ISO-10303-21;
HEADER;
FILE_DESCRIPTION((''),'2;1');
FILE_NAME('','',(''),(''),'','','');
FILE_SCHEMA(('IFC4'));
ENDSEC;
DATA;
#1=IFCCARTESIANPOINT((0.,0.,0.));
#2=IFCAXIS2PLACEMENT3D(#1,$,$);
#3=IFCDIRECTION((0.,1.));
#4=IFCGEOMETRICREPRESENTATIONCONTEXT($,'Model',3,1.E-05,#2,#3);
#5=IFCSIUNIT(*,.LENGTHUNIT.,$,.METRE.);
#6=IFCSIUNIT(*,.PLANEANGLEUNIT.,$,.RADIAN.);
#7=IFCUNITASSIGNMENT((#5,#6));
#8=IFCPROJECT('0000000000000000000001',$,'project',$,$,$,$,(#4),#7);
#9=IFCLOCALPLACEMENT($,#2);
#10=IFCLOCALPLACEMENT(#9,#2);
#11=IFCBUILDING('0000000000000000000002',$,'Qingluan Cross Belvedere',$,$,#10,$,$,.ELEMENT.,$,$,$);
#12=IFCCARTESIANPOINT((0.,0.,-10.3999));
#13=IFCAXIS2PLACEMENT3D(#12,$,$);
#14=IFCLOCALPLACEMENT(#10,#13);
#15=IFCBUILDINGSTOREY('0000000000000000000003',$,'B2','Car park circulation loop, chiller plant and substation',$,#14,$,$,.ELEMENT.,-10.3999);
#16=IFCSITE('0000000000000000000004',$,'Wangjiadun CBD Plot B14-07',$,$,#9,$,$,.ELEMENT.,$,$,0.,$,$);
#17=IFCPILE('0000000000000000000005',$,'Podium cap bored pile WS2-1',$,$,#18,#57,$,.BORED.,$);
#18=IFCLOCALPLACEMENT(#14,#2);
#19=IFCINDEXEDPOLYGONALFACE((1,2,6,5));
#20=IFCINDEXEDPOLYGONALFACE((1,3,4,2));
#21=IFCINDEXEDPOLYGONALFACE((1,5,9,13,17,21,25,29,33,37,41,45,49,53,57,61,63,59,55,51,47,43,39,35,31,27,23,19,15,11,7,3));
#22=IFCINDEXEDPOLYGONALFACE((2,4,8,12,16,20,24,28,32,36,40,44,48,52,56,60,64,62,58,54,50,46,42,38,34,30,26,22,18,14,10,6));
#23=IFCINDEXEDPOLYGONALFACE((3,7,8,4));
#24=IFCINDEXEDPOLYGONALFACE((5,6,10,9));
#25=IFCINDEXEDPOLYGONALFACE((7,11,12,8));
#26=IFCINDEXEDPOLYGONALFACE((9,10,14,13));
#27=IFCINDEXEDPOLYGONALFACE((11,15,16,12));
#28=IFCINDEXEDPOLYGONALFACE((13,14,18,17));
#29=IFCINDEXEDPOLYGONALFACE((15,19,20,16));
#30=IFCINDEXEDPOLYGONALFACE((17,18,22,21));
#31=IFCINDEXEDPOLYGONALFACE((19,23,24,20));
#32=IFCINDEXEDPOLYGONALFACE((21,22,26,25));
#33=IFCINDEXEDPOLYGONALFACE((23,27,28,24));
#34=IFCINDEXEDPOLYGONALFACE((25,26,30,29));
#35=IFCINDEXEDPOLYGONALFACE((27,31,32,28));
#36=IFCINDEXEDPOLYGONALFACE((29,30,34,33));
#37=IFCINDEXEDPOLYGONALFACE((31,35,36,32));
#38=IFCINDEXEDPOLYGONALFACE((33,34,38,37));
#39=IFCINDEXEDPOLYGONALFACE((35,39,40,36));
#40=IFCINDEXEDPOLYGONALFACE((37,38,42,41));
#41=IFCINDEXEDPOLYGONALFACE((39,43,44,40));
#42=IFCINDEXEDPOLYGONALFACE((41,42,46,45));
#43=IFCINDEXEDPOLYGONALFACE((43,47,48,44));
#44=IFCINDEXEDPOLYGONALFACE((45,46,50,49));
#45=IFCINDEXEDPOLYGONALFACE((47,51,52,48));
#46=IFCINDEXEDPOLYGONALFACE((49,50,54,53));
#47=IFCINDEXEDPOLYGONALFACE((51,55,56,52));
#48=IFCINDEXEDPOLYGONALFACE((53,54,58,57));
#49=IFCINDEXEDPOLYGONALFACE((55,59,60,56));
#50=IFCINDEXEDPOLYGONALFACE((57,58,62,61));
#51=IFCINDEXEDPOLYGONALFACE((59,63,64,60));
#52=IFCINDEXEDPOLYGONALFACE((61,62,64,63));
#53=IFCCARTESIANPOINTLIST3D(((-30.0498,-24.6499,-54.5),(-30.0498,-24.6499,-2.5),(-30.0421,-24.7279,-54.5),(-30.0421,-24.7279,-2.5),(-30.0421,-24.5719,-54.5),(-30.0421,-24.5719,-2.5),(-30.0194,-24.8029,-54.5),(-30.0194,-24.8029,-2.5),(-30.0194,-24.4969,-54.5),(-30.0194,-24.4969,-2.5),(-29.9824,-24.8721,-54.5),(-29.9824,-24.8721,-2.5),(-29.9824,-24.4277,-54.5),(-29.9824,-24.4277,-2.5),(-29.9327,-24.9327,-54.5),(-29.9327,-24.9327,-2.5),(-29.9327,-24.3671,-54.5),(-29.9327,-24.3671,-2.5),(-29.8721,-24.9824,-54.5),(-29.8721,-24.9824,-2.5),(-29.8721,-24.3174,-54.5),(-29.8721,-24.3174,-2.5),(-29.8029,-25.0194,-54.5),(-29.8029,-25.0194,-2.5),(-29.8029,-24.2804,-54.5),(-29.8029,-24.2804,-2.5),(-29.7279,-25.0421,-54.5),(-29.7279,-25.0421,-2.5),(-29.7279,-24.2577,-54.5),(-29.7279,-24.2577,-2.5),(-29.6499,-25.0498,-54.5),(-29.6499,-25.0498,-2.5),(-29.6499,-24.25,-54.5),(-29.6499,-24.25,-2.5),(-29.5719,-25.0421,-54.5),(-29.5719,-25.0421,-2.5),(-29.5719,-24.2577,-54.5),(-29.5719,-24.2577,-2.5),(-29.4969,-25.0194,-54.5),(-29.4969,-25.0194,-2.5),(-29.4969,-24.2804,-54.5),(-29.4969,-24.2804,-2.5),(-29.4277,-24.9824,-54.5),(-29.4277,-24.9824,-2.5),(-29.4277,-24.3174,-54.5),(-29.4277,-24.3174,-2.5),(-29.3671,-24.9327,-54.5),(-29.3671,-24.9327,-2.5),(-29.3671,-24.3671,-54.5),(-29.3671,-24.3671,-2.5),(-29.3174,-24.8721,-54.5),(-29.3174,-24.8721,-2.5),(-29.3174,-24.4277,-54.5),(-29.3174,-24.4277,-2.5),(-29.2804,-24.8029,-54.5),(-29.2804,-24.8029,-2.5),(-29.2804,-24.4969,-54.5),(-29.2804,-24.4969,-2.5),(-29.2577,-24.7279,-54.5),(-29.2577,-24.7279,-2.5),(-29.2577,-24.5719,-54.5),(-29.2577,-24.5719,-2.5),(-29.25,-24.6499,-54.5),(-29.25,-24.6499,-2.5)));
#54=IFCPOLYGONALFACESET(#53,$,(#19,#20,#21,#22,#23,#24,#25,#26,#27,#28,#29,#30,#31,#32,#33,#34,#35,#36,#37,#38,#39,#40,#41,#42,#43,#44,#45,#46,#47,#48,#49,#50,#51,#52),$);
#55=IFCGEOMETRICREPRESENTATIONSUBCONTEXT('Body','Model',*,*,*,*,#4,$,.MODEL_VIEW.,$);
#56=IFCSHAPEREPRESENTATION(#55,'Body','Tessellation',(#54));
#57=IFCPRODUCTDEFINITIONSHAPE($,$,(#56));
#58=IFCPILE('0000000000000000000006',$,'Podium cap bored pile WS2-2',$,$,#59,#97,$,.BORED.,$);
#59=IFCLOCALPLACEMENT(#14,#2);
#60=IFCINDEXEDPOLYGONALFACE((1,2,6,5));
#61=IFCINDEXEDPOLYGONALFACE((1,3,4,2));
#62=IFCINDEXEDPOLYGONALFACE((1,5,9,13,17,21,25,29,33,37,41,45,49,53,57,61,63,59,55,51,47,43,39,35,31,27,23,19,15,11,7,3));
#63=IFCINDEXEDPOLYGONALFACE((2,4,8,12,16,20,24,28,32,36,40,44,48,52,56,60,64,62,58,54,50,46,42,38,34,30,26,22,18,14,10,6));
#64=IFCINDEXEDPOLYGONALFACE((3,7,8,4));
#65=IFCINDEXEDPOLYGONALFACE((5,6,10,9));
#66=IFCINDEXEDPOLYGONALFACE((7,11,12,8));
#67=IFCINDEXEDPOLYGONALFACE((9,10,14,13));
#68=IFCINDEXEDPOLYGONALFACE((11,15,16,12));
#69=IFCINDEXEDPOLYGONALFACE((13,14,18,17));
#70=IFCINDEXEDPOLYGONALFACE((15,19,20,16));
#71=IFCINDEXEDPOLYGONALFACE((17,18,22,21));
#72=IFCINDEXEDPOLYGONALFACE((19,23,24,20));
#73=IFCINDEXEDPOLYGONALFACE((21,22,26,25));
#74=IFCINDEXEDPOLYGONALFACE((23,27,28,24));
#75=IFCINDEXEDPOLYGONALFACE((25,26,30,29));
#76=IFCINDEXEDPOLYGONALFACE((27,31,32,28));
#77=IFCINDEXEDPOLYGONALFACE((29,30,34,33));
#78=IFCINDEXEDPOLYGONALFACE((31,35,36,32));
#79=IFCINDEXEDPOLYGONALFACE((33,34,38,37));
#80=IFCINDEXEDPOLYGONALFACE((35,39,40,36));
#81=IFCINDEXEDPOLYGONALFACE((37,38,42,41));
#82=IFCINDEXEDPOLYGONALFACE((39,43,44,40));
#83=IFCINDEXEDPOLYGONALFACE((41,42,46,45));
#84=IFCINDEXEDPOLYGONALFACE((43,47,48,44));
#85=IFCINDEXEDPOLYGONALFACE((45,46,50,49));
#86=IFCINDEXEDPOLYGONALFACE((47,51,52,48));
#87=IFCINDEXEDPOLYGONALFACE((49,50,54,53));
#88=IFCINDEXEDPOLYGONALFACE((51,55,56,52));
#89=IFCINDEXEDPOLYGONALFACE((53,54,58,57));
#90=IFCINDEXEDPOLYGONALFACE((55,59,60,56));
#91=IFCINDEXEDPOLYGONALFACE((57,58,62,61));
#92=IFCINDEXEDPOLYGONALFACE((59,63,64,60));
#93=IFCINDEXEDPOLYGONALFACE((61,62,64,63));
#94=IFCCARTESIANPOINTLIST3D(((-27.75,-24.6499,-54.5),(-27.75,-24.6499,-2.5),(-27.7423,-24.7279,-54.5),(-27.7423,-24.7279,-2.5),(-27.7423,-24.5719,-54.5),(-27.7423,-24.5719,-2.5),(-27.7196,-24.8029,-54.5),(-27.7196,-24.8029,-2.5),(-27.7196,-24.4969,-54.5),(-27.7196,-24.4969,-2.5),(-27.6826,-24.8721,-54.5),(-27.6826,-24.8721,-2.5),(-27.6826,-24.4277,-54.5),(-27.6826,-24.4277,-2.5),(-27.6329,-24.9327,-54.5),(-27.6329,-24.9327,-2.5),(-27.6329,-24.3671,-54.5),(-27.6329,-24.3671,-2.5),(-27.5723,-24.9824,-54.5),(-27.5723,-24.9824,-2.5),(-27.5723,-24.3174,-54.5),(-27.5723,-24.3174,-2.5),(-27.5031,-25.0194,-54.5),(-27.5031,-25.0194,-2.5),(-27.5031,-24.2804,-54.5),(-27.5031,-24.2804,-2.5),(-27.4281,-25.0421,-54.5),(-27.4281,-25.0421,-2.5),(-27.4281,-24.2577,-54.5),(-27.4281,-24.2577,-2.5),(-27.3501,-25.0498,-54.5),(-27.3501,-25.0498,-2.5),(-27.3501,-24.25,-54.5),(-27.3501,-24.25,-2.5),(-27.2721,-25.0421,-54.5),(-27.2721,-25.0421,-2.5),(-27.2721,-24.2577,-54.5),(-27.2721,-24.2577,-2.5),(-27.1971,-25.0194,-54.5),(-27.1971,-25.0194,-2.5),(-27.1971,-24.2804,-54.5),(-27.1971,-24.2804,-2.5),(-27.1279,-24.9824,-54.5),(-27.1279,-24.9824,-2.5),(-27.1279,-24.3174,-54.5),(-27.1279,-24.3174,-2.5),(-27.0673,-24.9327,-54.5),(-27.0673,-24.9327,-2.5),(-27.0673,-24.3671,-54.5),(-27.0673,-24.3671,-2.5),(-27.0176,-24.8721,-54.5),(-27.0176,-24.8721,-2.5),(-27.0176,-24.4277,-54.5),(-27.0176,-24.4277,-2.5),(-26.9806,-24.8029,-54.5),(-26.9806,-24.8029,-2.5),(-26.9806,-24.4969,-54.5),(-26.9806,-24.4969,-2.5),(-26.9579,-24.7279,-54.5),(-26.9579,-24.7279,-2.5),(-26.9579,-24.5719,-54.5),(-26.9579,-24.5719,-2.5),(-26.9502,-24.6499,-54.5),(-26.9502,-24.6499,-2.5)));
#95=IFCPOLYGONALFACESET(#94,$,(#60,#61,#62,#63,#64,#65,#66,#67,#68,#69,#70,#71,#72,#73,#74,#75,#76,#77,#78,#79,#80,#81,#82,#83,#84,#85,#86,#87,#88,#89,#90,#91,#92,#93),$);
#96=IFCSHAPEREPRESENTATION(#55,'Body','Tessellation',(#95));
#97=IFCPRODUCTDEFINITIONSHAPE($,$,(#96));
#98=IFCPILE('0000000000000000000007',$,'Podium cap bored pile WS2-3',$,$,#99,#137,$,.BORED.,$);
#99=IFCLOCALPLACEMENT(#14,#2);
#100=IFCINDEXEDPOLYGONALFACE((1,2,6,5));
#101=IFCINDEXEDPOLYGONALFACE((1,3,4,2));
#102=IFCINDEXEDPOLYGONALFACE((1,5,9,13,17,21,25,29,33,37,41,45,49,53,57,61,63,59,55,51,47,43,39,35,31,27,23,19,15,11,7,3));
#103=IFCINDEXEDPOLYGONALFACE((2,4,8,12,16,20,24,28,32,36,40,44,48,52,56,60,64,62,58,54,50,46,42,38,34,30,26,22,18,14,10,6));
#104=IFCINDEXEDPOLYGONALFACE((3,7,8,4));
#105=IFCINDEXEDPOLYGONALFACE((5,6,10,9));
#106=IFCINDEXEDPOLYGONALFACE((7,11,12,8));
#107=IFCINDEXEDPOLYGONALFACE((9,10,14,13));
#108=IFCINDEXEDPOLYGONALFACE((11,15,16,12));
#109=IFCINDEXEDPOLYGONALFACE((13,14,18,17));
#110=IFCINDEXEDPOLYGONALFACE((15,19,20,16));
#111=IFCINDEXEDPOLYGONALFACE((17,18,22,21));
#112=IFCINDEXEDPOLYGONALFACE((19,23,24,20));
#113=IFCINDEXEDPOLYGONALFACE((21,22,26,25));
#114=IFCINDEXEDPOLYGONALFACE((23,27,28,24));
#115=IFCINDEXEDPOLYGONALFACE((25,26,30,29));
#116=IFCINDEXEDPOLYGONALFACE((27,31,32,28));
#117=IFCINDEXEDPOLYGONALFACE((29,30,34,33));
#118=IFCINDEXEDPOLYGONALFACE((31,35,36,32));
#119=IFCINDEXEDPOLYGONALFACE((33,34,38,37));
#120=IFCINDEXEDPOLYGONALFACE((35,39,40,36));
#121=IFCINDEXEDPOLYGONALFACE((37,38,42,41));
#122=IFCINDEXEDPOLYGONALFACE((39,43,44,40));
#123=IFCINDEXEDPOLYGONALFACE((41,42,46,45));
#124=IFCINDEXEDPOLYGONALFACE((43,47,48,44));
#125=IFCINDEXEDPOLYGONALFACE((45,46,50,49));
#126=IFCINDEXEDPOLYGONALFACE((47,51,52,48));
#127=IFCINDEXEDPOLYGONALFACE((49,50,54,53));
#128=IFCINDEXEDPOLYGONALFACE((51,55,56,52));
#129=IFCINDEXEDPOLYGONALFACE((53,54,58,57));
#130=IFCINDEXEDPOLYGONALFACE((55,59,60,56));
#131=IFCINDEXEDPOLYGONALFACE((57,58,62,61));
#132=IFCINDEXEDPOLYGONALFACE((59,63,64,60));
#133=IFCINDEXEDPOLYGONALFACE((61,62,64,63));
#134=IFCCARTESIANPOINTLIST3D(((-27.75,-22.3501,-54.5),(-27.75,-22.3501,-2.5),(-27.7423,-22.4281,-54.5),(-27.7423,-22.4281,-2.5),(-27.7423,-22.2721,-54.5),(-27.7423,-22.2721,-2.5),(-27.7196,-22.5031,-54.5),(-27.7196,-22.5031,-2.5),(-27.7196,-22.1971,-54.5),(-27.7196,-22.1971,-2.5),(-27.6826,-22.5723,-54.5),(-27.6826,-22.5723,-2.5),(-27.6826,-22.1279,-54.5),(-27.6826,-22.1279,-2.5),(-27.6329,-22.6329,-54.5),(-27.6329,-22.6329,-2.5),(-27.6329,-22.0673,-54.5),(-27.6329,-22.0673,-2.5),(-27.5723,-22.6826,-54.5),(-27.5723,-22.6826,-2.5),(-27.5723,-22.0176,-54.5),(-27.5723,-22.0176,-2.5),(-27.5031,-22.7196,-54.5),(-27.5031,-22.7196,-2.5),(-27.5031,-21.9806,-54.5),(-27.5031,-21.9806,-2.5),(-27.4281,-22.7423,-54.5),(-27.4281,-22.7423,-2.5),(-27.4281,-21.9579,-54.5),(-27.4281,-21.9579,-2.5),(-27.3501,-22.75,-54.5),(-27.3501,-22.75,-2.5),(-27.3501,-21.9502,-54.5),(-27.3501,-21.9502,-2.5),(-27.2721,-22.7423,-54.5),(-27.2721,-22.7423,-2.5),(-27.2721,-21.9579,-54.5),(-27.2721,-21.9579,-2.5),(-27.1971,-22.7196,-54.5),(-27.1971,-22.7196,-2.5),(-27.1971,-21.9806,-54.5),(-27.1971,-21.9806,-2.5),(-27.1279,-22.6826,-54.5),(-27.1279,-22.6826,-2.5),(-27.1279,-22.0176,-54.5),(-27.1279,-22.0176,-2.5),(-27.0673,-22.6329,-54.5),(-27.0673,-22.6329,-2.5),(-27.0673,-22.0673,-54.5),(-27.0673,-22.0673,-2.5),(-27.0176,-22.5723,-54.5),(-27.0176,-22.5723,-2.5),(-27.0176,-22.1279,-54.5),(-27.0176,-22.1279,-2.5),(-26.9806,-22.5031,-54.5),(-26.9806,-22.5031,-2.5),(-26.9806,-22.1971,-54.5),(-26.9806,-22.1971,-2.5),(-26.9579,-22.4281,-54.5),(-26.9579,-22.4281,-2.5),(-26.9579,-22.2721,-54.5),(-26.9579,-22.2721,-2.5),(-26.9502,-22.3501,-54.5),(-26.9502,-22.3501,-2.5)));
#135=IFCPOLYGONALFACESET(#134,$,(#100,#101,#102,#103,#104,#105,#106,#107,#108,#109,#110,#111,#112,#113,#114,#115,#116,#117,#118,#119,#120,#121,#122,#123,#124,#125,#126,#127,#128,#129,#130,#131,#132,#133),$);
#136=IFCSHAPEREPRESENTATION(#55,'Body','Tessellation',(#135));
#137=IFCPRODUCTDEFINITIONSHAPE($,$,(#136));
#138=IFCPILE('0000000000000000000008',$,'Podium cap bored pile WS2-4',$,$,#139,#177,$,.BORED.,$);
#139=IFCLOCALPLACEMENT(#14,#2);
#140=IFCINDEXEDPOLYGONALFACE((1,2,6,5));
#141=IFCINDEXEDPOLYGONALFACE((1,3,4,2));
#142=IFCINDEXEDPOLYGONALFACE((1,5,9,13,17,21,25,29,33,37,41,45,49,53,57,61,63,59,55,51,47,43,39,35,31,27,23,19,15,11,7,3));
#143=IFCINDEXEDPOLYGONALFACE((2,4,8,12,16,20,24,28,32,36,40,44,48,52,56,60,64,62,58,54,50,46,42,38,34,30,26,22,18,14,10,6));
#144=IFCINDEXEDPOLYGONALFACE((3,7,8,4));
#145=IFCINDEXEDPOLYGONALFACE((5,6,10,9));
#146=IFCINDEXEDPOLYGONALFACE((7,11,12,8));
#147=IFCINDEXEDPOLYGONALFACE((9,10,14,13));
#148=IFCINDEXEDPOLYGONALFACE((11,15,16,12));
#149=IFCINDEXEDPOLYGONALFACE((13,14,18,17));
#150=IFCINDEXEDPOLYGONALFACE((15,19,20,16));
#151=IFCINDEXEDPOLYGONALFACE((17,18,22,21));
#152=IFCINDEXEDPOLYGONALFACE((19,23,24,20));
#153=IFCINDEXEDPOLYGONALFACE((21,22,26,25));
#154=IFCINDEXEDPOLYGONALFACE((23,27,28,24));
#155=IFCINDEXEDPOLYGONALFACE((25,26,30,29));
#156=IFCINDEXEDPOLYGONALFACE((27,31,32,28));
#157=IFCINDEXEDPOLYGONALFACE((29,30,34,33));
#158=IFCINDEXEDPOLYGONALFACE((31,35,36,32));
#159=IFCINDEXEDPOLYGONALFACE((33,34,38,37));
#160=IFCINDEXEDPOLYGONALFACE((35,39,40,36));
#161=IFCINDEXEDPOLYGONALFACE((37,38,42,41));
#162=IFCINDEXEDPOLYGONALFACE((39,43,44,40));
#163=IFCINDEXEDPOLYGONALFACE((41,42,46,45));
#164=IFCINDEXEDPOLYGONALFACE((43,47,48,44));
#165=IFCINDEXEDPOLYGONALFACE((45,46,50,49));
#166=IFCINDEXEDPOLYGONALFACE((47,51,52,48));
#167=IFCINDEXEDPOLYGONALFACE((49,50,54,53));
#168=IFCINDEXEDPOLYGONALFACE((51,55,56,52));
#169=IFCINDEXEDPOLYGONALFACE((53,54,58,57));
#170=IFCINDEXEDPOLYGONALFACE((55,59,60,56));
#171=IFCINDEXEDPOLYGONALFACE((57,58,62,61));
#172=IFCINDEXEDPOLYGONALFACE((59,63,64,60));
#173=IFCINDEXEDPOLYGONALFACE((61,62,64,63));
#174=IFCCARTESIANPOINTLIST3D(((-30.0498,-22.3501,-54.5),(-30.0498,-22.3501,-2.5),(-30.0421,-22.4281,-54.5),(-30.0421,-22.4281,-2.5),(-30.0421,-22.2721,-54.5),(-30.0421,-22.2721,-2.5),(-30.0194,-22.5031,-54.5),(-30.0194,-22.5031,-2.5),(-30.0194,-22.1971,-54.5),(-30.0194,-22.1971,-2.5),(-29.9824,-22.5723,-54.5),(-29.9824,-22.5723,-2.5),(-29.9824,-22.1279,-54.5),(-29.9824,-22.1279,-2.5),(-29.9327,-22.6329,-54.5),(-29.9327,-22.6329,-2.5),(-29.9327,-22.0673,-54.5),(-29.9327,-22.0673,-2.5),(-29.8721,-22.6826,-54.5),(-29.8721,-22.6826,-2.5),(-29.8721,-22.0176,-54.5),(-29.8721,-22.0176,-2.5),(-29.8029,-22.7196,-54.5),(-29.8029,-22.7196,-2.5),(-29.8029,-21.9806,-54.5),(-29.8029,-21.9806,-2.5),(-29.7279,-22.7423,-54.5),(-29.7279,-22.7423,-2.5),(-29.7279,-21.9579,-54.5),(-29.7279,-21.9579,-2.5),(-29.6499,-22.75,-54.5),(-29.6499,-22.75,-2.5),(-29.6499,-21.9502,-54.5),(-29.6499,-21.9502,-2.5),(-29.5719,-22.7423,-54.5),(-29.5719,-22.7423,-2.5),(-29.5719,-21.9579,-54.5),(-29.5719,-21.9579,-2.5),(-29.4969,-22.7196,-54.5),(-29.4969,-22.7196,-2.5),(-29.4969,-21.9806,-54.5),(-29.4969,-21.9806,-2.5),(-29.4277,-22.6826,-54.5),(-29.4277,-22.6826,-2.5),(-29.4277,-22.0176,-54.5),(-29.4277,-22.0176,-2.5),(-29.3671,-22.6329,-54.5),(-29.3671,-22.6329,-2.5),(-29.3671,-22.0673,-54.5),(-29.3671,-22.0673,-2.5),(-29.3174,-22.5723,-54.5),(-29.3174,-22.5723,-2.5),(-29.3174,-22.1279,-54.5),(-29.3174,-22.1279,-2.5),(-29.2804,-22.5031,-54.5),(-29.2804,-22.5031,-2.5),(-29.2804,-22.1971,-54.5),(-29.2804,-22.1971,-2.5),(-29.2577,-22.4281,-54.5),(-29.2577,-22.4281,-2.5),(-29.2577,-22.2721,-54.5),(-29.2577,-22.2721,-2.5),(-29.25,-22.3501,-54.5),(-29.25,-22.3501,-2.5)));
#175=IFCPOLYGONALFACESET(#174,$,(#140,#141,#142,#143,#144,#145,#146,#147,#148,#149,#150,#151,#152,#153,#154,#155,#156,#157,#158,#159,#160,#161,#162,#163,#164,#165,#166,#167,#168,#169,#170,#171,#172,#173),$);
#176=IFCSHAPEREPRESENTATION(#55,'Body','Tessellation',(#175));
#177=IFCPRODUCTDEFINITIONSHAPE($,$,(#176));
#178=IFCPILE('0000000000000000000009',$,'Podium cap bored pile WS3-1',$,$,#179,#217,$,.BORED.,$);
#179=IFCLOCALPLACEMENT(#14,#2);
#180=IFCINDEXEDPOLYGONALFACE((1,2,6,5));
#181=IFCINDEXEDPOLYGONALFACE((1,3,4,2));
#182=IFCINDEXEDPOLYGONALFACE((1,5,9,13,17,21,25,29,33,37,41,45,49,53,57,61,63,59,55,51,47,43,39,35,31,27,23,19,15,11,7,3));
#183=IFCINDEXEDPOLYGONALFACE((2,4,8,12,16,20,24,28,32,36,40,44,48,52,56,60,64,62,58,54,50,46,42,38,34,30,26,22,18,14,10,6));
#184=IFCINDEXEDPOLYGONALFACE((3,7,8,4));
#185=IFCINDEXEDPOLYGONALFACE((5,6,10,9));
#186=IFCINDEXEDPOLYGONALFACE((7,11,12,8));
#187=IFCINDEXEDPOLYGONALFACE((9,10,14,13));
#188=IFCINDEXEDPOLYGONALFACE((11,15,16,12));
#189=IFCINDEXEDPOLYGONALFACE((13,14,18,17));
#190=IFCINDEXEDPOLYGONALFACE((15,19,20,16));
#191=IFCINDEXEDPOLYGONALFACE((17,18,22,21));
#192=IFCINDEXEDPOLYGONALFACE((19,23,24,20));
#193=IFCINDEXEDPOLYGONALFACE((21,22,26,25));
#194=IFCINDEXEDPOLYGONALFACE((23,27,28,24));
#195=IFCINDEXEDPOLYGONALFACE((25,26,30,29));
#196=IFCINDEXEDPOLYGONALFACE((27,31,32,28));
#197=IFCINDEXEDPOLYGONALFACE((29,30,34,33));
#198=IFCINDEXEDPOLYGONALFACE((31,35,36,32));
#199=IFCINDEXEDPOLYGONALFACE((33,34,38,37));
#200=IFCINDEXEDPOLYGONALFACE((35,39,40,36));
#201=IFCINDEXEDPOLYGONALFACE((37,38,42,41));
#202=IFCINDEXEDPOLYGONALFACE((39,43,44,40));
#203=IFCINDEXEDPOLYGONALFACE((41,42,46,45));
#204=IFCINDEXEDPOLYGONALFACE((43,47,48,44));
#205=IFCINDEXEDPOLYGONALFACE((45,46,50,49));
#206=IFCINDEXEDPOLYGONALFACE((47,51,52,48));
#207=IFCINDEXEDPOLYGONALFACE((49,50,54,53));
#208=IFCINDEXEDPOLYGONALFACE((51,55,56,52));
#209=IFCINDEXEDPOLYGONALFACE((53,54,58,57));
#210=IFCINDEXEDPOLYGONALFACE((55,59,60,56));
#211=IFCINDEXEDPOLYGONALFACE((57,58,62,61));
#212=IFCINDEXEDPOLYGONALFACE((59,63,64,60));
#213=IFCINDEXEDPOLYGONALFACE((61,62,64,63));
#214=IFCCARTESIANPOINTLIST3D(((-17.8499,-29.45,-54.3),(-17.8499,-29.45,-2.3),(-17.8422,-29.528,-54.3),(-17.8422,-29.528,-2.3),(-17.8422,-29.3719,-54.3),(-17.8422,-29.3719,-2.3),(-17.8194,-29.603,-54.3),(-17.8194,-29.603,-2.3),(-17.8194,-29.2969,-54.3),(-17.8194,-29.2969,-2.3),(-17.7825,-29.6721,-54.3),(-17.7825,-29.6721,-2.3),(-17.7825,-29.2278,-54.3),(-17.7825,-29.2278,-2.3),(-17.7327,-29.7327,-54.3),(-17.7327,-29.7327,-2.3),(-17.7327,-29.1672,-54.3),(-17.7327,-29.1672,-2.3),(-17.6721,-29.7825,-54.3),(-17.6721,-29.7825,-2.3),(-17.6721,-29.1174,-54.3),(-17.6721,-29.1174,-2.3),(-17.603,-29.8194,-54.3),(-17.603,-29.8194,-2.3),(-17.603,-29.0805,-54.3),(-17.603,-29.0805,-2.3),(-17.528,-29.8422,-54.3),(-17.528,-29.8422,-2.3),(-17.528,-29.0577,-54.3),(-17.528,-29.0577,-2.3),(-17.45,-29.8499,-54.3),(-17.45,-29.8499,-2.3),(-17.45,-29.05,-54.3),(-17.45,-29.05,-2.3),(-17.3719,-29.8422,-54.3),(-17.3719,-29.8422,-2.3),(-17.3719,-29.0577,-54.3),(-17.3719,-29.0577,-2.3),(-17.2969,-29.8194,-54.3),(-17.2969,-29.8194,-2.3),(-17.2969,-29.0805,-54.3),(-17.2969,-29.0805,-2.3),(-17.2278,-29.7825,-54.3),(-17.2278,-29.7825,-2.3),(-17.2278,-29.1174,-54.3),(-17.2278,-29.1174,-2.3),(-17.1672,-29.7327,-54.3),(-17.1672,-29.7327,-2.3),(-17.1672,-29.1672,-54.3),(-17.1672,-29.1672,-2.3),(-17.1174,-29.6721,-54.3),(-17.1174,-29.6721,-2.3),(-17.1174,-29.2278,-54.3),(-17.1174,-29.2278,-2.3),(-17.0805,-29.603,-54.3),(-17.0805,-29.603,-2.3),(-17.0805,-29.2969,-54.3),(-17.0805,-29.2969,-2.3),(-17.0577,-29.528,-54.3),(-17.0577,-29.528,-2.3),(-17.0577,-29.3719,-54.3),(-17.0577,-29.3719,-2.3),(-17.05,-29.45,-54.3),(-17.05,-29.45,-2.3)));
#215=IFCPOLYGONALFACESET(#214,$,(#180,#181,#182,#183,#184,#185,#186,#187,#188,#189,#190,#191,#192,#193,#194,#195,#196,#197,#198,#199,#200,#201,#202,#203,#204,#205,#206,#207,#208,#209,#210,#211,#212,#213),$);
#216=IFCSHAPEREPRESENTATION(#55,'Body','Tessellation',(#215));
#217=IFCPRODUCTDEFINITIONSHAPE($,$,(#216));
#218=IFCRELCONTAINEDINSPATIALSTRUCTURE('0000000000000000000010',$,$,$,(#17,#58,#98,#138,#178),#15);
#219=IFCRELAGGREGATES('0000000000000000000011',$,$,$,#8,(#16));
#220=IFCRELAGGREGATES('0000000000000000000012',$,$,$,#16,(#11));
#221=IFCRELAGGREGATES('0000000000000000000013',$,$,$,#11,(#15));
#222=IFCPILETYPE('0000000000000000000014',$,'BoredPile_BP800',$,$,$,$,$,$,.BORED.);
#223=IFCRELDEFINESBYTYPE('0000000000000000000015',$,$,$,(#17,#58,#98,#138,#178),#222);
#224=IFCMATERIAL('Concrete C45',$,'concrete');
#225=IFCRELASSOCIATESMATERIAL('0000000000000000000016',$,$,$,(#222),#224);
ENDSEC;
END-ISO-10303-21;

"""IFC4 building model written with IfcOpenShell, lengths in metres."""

from ifc_helpers import new_model, si_unit, direction, frame, origin, origin_2d, place, context, subcontext, project, spatial, circle, extrude, material, material_profile, profile_set, type_object, element, save


model = new_model("IFC4")

# Units and contexts
model_context = context("Model", 3, precision=1e-05, world=origin(), true_north=direction((0.0, 1.0)))
body_context = subcontext(model_context, "Body", "Model", "MODEL_VIEW")
ifc_project = project(units=[si_unit("LENGTHUNIT", "METRE"), si_unit("PLANEANGLEUNIT", "RADIAN")], contexts=[model_context])

# Site, building, storey
site_placement = place(None, origin())
site = spatial("IfcSite", under=ifc_project, at=site_placement, Name="Wangjiadun CBD Plot B14-07", CompositionType="ELEMENT", RefElevation=0.0)
building_placement = place(site_placement, origin())
building = spatial("IfcBuilding", under=site, at=building_placement, Name="Qingluan Cross Belvedere", CompositionType="ELEMENT")
storey_placement = place(building_placement, frame((0.0, 0.0, -10.3999)))
storey = spatial("IfcBuildingStorey", under=building, at=storey_placement, Name="B2", Description="Car park circulation loop, chiller plant and substation", CompositionType="ELEMENT", Elevation=-10.3999)

# Piles
ifc_material_1 = material(Name="Concrete C45", Category="concrete")
ifc_material_profile_1 = material_profile(ifc_material_1, circle(Radius=0.3999, at=origin_2d()), Name="BP800")
ifc_profile_set_1 = profile_set([ifc_material_profile_1], Name="Concrete C45")
pile_type_1 = type_object("IfcPileType", Name="BoredPile_BP800", PredefinedType="BORED", material=ifc_profile_set_1)
for number, where, z_axis, x_axis, name in (
    (1, (-29.6499, -24.6499, -2.5), (0.0, 0.0, -1.0), (1.0, 0.0, 0.0), "Podium cap bored pile WS2-1"),
    (2, (-27.3501, -24.6499, -2.5), (0.0, 0.0, -1.0), (1.0, 0.0, 0.0), "Podium cap bored pile WS2-2"),
    (3, (-27.3501, -22.3501, -2.5), (0.0, 0.0, -1.0), (1.0, 0.0, 0.0), "Podium cap bored pile WS2-3"),
    (4, (-29.6499, -22.3501, -2.5), (0.0, 0.0, -1.0), (1.0, 0.0, 0.0), "Podium cap bored pile WS2-4"),
    (5, (-17.45, -29.45, -2.3), (0.0, 0.0, -1.0), (1.0, 0.0, 0.0), "Podium cap bored pile WS3-1"),
):
    element("IfcPile", number, at=place(storey_placement, frame(where, z_axis=z_axis, x_axis=x_axis)), inside=storey, type_object=pile_type_1, Name=name, PredefinedType="BORED", context=body_context, shape_type="SweptSolid", body=[
        extrude(circle(Radius=0.3999, at=origin_2d()), origin(), (0.0, 0.0, 1.0), 52.0),
    ])

save(model, "model.ifc")
